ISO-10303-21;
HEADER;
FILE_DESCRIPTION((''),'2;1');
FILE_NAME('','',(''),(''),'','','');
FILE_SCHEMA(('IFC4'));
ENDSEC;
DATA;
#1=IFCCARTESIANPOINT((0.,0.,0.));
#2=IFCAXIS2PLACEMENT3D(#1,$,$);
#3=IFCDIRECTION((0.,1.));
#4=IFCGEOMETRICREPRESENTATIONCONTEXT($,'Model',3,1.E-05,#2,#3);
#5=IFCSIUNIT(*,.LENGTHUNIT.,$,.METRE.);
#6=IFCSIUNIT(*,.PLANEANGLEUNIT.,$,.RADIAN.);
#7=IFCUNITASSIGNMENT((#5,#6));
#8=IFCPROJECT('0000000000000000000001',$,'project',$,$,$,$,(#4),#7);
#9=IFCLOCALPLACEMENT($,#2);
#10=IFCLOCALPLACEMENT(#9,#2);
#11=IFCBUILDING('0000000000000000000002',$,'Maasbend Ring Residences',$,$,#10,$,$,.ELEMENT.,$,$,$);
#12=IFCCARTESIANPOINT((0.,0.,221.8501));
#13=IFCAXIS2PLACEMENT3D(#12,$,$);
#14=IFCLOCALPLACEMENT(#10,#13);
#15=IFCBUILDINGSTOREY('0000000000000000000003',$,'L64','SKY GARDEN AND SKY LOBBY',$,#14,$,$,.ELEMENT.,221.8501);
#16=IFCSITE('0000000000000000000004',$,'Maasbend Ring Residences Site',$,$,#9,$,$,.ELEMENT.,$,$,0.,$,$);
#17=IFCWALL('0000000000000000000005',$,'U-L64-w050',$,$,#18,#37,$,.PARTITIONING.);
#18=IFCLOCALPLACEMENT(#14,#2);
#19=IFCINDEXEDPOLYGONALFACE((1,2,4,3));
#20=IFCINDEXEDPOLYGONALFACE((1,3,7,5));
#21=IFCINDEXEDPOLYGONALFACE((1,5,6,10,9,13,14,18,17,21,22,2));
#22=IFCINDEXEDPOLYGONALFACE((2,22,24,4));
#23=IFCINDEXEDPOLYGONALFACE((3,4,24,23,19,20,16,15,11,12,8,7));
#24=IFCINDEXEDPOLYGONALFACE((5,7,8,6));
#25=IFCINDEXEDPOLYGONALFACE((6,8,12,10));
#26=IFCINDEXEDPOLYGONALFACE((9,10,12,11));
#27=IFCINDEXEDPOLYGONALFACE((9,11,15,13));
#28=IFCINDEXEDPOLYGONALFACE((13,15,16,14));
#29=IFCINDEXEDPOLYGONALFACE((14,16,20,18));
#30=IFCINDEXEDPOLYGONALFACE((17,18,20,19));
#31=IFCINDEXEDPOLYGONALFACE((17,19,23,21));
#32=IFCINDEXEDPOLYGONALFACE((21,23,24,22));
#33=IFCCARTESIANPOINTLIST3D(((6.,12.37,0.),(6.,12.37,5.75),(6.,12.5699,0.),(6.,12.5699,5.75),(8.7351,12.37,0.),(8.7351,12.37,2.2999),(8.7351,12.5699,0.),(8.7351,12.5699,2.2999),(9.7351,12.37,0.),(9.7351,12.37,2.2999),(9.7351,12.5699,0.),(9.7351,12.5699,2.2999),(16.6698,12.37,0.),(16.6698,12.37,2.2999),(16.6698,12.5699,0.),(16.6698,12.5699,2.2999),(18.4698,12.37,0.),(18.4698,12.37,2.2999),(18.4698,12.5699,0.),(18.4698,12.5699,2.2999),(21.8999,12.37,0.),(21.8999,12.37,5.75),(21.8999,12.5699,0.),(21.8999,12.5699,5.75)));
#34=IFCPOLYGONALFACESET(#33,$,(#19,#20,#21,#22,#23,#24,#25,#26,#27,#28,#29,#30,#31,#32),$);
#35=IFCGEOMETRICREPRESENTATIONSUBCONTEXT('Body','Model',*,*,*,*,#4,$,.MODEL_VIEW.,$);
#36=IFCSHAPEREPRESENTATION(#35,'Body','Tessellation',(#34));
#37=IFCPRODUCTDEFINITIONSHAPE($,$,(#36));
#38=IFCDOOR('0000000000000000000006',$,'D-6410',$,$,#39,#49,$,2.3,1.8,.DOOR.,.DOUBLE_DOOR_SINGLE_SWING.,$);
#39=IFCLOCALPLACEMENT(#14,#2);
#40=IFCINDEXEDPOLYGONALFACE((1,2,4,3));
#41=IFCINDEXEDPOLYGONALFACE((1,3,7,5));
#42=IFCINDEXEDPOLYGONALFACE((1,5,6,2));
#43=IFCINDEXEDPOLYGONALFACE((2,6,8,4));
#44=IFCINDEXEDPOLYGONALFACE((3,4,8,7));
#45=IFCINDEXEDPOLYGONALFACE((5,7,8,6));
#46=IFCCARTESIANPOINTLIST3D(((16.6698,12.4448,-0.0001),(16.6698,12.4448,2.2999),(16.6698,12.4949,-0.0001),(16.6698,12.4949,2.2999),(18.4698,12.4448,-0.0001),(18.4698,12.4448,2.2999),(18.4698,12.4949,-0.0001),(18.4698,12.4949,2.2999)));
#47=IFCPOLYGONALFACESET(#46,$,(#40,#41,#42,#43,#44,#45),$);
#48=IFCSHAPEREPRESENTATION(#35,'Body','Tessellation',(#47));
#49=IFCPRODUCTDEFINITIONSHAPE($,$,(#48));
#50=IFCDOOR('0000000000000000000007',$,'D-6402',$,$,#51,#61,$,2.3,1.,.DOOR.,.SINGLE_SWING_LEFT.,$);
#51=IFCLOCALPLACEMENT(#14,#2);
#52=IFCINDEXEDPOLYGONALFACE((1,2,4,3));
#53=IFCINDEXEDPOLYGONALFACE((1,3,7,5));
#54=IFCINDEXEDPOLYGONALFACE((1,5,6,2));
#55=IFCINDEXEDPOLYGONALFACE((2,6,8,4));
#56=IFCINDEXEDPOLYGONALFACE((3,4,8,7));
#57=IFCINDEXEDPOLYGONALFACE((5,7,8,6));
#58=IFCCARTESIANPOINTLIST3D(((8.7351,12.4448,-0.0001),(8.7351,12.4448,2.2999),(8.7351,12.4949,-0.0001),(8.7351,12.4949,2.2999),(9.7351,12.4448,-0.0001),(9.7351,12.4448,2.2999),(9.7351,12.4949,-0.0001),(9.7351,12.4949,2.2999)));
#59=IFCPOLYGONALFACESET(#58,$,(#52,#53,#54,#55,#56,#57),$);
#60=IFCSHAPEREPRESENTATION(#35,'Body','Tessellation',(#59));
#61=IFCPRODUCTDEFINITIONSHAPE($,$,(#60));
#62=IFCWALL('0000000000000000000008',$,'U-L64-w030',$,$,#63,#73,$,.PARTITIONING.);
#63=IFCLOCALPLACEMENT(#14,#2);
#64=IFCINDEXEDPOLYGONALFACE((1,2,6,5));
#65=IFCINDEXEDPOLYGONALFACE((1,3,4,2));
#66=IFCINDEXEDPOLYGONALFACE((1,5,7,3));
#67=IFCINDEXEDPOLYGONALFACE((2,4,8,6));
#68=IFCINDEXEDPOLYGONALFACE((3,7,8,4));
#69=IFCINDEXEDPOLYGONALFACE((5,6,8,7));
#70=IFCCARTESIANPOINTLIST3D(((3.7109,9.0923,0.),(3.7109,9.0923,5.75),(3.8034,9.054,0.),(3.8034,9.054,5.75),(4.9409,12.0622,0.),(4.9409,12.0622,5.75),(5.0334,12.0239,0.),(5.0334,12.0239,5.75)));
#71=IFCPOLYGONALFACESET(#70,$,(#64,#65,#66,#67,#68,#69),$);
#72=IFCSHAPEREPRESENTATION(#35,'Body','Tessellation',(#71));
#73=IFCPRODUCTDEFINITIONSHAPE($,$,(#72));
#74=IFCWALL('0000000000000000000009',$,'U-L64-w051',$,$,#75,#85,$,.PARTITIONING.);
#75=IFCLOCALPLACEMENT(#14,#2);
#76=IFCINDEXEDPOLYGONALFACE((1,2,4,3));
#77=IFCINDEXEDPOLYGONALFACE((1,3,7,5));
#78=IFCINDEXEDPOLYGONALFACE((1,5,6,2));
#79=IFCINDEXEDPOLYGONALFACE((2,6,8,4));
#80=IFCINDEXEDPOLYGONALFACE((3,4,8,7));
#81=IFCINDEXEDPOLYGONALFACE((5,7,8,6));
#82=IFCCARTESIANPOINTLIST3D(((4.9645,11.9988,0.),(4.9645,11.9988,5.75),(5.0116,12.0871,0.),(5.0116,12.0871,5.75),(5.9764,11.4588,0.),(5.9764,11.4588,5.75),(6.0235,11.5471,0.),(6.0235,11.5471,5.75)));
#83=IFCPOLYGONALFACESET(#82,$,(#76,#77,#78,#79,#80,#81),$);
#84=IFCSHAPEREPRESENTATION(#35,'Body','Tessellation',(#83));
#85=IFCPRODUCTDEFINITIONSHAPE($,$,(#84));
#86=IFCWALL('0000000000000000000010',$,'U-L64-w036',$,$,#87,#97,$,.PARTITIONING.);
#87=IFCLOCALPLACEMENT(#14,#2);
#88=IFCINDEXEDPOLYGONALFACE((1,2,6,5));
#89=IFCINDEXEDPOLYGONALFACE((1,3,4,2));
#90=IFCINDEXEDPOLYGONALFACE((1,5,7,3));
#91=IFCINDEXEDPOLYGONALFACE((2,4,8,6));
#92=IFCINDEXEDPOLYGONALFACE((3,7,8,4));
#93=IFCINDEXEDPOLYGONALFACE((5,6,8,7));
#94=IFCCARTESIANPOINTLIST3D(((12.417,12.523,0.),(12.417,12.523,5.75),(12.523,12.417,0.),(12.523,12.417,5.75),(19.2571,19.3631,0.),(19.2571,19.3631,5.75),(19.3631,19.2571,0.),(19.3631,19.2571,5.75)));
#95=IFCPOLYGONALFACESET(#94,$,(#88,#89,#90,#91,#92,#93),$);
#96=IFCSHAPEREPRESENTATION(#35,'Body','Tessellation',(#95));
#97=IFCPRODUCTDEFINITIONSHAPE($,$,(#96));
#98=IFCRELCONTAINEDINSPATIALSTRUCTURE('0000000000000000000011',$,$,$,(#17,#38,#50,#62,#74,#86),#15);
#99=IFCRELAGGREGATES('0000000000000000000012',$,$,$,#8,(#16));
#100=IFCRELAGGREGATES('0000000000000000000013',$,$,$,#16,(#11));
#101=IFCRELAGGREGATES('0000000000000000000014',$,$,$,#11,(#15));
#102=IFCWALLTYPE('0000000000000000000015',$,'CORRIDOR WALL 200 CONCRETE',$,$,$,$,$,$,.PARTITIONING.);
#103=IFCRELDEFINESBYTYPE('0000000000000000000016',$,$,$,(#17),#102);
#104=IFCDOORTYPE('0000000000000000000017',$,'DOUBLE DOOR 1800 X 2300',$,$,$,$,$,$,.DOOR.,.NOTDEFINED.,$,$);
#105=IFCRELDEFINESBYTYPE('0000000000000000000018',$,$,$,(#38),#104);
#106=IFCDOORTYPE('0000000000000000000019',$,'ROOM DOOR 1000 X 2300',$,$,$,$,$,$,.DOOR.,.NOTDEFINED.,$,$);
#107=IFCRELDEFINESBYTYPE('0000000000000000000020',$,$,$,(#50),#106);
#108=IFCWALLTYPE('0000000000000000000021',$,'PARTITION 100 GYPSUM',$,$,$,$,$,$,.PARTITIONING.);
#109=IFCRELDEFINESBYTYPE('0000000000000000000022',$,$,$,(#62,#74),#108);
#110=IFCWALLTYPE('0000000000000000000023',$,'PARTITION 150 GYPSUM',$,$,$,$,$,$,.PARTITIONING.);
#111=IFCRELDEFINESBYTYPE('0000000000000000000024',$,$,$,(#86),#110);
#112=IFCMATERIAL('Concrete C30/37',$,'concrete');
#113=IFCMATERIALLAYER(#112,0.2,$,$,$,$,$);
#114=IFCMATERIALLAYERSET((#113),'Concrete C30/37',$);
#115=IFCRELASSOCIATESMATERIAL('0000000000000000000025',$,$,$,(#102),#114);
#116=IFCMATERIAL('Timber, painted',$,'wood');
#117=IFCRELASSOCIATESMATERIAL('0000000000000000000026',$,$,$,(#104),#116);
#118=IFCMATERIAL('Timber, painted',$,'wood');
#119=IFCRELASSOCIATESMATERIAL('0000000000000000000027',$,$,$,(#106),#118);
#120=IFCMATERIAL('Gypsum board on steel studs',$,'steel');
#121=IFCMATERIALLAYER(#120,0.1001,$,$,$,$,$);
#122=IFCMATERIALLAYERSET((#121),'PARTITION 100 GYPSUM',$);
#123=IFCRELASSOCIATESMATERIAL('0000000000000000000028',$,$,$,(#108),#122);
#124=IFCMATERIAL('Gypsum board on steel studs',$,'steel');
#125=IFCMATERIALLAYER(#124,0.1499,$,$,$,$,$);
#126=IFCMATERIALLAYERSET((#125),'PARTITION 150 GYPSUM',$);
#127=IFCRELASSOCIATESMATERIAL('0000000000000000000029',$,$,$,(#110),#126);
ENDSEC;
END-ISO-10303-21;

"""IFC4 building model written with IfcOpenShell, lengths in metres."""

from ifc_helpers import new_model, si_unit, direction, frame, frame_2d, origin, place, context, subcontext, project, spatial, rectangle, extrude, material, layer, layer_set, type_object, element, fill, save


model = new_model("IFC4")

# Units and contexts
model_context = context("Model", 3, precision=1e-05, world=origin(), true_north=direction((0.0, 1.0)))
body_context = subcontext(model_context, "Body", "Model", "MODEL_VIEW")
ifc_project = project(units=[si_unit("LENGTHUNIT", "METRE"), si_unit("PLANEANGLEUNIT", "RADIAN")], contexts=[model_context])

# Site, building, storey
site_placement = place(None, origin())
site = spatial("IfcSite", under=ifc_project, at=site_placement, Name="Maasbend Ring Residences Site", CompositionType="ELEMENT", RefElevation=0.0)
building_placement = place(site_placement, origin())
building = spatial("IfcBuilding", under=site, at=building_placement, Name="Maasbend Ring Residences", CompositionType="ELEMENT")
storey_placement = place(building_placement, frame((0.0, 0.0, 221.8501)))
storey = spatial("IfcBuildingStorey", under=building, at=storey_placement, Name="L64", Description="SKY GARDEN AND SKY LOBBY", CompositionType="ELEMENT", Elevation=221.8501)

# Shared definitions
ifc_material_1 = material(Name="Concrete C30/37", Category="concrete")
ifc_layer_1 = layer(ifc_material_1, 0.2)
ifc_layer_set_1 = layer_set([ifc_layer_1], Name="Concrete C30/37")
wall_type_1 = type_object("IfcWallType", Name="CORRIDOR WALL 200 CONCRETE", PredefinedType="PARTITIONING", material=ifc_layer_set_1)

# Wall, openings, doors
wall_1_placement = place(storey_placement, frame((6.0, 12.47, 0.0), z_axis=(0.0, 0.0, 1.0), x_axis=(1.0, 0.0, 0.0)))
wall_1 = element("IfcWall", 1, at=wall_1_placement, inside=storey, type_object=wall_type_1, Name="U-L64-w050", PredefinedType="PARTITIONING", context=body_context, shape_type="SweptSolid", body=[
    extrude(rectangle(XDim=15.8999, YDim=0.2, at=frame_2d((7.95, 0.0))), origin(), (0.0, 0.0, 1.0), 5.75),
])
opening_1_placement = place(wall_1_placement, frame((2.7351, 0.0, 0.0)))
opening_1 = element("IfcOpeningElement", 2, at=opening_1_placement, cuts=wall_1, PredefinedType="OPENING", context=body_context, shape_type="SweptSolid", body=[
    extrude(rectangle(XDim=1.0, YDim=2.3, at=frame_2d((0.5, 1.1499))), frame((0.0, 0.1099, 0.0), z_axis=(0.0, -1.0, 0.0), x_axis=(1.0, 0.0, 0.0)), (0.0, 0.0, 1.0), 0.22),
])
opening_2_placement = place(wall_1_placement, frame((10.6699, 0.0, 0.0)))
opening_2 = element("IfcOpeningElement", 3, at=opening_2_placement, cuts=wall_1, PredefinedType="OPENING", context=body_context, shape_type="SweptSolid", body=[
    extrude(rectangle(XDim=1.8, YDim=2.3, at=frame_2d((0.8999, 1.1499))), frame((0.0, 0.1099, 0.0), z_axis=(0.0, -1.0, 0.0), x_axis=(1.0, 0.0, 0.0)), (0.0, 0.0, 1.0), 0.22),
])
ifc_material_2 = material(Name="Timber, painted", Category="wood")
door_type_1 = type_object("IfcDoorType", Name="DOUBLE DOOR 1800 X 2300", OperationType="NOTDEFINED", PredefinedType="DOOR", material=ifc_material_2)
door_1_placement = place(opening_2_placement, origin())
door_1 = element("IfcDoor", 4, at=door_1_placement, inside=storey, type_object=door_type_1, Name="D-6410", OperationType="DOUBLE_DOOR_SINGLE_SWING", OverallHeight=2.3, OverallWidth=1.8, PredefinedType="DOOR", context=body_context, shape_type="SweptSolid", body=[
    extrude(rectangle(XDim=1.8, YDim=2.3, at=frame_2d((0.8999, 1.1499))), frame((0.0, 0.0249, 0.0), z_axis=(0.0, -1.0, 0.0), x_axis=(1.0, 0.0, 0.0)), (0.0, 0.0, 1.0), 0.05),
])
fill(opening_2, door_1)
ifc_material_3 = material(Name="Timber, painted", Category="wood")
door_type_2 = type_object("IfcDoorType", Name="ROOM DOOR 1000 X 2300", OperationType="NOTDEFINED", PredefinedType="DOOR", material=ifc_material_3)
door_2_placement = place(opening_1_placement, origin())
door_2 = element("IfcDoor", 5, at=door_2_placement, inside=storey, type_object=door_type_2, Name="D-6402", OperationType="SINGLE_SWING_LEFT", OverallHeight=2.3, OverallWidth=1.0, PredefinedType="DOOR", context=body_context, shape_type="SweptSolid", body=[
    extrude(rectangle(XDim=1.0, YDim=2.3, at=frame_2d((0.5, 1.1499))), frame((0.0, 0.0249, 0.0), z_axis=(0.0, -1.0, 0.0), x_axis=(1.0, 0.0, 0.0)), (0.0, 0.0, 1.0), 0.05),
])
fill(opening_1, door_2)

# Walls
ifc_material_4 = material(Name="Gypsum board on steel studs", Category="steel")
ifc_layer_2 = layer(ifc_material_4, 0.1001)
ifc_layer_set_2 = layer_set([ifc_layer_2], Name="PARTITION 100 GYPSUM")
wall_type_2 = type_object("IfcWallType", Name="PARTITION 100 GYPSUM", PredefinedType="PARTITIONING", material=ifc_layer_set_2)
wall_2_placement = place(storey_placement, frame((3.7571, 9.073, 0.0), z_axis=(0.0, 0.0, 1.0), x_axis=(0.382625, 0.923904, 0.0)))
element("IfcWall", 6, at=wall_2_placement, inside=storey, type_object=wall_type_2, Name="U-L64-w030", PredefinedType="PARTITIONING", context=body_context, shape_type="SweptSolid", body=[
    extrude(rectangle(XDim=3.2146, YDim=0.1001, at=frame_2d((1.6074, 0.0))), origin(), (0.0, 0.0, 1.0), 5.75),
])
wall_3_placement = place(storey_placement, frame((4.988, 12.043, 0.0), z_axis=(0.0, 0.0, 1.0), x_axis=(0.882235, -0.470809, 0.0)))
element("IfcWall", 7, at=wall_3_placement, inside=storey, type_object=wall_type_2, Name="U-L64-w051", PredefinedType="PARTITIONING", context=body_context, shape_type="SweptSolid", body=[
    extrude(rectangle(XDim=1.147, YDim=0.1001, at=frame_2d((0.5735, 0.0))), origin(), (0.0, 0.0, 1.0), 5.75),
])
ifc_material_5 = material(Name="Gypsum board on steel studs", Category="steel")
ifc_layer_3 = layer(ifc_material_5, 0.1499)
ifc_layer_set_3 = layer_set([ifc_layer_3], Name="PARTITION 150 GYPSUM")
wall_type_3 = type_object("IfcWallType", Name="PARTITION 150 GYPSUM", PredefinedType="PARTITIONING", material=ifc_layer_set_3)
wall_4_placement = place(storey_placement, frame((12.47, 12.47, 0.0), z_axis=(0.0, 0.0, 1.0), x_axis=(0.707107, 0.707107, 0.0)))
element("IfcWall", 8, at=wall_4_placement, inside=storey, type_object=wall_type_3, Name="U-L64-w036", PredefinedType="PARTITIONING", context=body_context, shape_type="SweptSolid", body=[
    extrude(rectangle(XDim=9.6733, YDim=0.1499, at=frame_2d((4.8367, 0.0))), origin(), (0.0, 0.0, 1.0), 5.75),
])

save(model, "model.ifc")
